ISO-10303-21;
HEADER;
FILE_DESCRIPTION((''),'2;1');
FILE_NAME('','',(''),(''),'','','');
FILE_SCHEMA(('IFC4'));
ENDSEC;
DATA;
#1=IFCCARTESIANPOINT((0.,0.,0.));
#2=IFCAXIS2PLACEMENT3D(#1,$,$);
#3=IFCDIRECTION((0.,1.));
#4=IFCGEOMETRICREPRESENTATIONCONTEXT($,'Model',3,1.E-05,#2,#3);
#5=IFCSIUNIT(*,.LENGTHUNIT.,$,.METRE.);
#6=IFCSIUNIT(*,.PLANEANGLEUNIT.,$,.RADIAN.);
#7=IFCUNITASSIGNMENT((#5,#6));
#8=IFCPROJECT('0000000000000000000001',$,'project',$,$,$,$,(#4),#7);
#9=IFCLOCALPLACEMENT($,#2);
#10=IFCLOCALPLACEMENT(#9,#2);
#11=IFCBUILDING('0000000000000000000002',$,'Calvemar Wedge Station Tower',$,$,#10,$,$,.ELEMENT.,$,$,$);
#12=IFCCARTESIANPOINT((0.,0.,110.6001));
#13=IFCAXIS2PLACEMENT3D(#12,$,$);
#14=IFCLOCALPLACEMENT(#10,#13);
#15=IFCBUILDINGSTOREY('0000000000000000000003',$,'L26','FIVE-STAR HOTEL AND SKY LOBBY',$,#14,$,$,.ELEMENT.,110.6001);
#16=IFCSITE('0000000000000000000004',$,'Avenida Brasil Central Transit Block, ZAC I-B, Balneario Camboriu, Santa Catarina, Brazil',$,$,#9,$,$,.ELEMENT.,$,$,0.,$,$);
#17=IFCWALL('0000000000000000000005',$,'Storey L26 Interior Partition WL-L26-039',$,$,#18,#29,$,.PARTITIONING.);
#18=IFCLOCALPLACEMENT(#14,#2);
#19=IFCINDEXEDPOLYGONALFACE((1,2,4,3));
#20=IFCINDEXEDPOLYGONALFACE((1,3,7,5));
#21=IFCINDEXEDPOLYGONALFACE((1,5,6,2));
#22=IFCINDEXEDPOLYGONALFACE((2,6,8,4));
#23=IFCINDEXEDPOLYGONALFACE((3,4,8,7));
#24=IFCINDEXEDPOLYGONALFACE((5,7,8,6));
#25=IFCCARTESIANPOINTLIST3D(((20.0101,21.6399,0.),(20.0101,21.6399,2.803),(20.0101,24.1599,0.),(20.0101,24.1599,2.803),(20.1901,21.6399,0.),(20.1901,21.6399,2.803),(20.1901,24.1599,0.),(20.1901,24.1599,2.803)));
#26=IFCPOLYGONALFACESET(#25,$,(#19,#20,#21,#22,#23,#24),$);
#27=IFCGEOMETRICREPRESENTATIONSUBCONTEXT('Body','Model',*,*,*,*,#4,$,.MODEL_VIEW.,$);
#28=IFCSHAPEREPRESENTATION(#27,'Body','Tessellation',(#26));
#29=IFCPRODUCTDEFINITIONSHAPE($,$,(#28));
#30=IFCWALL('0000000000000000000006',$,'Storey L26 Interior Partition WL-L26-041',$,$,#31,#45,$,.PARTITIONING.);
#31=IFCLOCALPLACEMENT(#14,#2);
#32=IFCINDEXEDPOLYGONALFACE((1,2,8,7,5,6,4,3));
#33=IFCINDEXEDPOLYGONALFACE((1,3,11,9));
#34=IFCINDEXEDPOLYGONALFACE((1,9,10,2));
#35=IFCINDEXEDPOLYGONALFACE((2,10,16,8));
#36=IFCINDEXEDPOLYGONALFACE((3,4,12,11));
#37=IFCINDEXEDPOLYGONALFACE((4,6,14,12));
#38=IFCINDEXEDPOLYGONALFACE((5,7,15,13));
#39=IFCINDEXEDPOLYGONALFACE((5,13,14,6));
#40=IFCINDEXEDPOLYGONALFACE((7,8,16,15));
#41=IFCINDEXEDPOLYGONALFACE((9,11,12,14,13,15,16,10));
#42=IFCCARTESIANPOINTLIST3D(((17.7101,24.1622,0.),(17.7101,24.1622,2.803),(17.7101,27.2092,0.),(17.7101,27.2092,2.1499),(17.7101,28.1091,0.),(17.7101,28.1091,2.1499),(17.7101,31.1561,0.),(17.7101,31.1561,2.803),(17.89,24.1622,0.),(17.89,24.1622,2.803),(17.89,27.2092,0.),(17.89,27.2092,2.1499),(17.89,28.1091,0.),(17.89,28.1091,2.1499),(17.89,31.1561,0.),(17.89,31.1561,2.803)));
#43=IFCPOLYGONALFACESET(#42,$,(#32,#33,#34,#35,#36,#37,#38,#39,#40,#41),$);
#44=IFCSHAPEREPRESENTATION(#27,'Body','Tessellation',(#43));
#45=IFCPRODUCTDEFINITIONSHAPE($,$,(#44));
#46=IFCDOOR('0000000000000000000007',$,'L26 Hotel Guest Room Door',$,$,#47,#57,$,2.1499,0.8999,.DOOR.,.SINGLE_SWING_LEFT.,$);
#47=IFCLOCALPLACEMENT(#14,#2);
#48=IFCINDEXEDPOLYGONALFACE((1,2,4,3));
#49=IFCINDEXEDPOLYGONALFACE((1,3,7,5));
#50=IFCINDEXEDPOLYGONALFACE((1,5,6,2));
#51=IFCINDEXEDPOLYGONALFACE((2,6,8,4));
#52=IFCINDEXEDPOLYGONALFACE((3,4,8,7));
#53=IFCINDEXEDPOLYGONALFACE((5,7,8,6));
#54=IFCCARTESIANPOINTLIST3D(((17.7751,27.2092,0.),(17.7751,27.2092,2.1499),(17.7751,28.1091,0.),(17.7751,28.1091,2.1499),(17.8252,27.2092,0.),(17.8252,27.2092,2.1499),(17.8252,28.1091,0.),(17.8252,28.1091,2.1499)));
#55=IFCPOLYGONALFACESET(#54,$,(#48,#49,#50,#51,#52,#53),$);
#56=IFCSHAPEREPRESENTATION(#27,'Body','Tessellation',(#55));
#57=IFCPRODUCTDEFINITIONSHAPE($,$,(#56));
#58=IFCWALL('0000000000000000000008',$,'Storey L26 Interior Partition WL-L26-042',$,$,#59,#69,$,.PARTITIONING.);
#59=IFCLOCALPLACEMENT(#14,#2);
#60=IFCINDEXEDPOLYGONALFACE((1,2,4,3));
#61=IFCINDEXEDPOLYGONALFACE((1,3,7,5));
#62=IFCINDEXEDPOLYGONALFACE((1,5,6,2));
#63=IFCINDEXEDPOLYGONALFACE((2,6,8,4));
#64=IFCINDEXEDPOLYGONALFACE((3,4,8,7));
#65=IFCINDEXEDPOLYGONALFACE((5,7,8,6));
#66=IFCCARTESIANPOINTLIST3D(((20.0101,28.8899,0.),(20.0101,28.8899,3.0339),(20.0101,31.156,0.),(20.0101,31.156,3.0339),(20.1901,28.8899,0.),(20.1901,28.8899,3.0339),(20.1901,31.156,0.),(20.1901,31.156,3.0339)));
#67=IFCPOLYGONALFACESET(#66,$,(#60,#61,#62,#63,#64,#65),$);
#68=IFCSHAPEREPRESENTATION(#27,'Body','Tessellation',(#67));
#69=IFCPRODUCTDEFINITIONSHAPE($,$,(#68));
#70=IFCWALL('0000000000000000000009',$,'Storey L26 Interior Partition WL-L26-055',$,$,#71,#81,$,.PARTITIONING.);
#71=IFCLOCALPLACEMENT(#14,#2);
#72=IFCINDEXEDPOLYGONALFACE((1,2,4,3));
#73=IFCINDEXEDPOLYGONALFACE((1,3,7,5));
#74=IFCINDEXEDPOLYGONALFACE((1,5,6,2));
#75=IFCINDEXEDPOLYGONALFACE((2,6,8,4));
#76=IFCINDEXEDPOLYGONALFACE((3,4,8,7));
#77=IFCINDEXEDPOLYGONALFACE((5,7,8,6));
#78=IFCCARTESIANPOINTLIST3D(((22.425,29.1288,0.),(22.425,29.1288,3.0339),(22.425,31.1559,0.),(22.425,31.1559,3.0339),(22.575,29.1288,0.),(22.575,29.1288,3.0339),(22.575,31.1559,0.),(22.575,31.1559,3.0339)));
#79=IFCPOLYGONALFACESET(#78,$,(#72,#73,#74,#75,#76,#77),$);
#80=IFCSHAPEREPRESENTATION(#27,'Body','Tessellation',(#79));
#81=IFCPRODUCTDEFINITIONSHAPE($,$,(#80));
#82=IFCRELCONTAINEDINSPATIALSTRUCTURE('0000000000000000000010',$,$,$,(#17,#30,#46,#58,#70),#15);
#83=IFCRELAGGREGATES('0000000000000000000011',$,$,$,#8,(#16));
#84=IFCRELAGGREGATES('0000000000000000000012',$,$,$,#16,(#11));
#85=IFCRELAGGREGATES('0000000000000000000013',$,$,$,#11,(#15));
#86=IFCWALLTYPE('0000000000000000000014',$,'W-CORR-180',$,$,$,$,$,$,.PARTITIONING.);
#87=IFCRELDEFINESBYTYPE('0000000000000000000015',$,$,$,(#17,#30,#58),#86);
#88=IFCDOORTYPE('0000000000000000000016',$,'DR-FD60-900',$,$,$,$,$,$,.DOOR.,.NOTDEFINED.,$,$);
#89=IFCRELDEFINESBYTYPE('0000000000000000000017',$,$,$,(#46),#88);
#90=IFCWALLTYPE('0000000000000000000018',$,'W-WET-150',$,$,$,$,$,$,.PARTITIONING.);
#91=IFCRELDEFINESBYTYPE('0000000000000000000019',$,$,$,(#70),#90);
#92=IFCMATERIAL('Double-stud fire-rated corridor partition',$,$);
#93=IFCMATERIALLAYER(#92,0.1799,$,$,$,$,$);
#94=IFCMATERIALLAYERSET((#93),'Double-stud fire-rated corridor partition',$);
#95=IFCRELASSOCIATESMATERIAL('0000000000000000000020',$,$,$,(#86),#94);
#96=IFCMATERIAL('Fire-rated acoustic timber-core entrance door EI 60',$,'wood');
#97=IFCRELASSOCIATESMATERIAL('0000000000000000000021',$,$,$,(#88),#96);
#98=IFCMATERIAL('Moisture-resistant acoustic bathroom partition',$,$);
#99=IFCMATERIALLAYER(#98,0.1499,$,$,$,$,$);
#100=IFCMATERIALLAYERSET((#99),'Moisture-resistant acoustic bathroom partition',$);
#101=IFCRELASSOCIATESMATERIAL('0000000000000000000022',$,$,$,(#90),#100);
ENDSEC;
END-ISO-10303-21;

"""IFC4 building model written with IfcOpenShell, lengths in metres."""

from ifc_helpers import new_model, si_unit, direction, frame, frame_2d, origin, place, context, subcontext, project, spatial, rectangle, extrude, source, transform, mapped, material, layer, layer_set, type_object, element, fill, save


model = new_model("IFC4")

# Units and contexts
model_context = context("Model", 3, precision=1e-05, world=origin(), true_north=direction((0.0, 1.0)))
body_context = subcontext(model_context, "Body", "Model", "MODEL_VIEW")
ifc_project = project(units=[si_unit("LENGTHUNIT", "METRE"), si_unit("PLANEANGLEUNIT", "RADIAN")], contexts=[model_context])

# Site, building, storey
site_placement = place(None, origin())
site = spatial("IfcSite", under=ifc_project, at=site_placement, Name="Avenida Brasil Central Transit Block, ZAC I-B, Balneario Camboriu, Santa Catarina, Brazil", CompositionType="ELEMENT", RefElevation=0.0)
building_placement = place(site_placement, origin())
building = spatial("IfcBuilding", under=site, at=building_placement, Name="Calvemar Wedge Station Tower", CompositionType="ELEMENT")
storey_placement = place(building_placement, frame((0.0, 0.0, 110.6001)))
storey = spatial("IfcBuildingStorey", under=building, at=storey_placement, Name="L26", Description="FIVE-STAR HOTEL AND SKY LOBBY", CompositionType="ELEMENT", Elevation=110.6001)

# Shared definitions
ifc_material_1 = material(Name="Double-stud fire-rated corridor partition")
ifc_layer_1 = layer(ifc_material_1, 0.1799)
ifc_layer_set_1 = layer_set([ifc_layer_1], Name="Double-stud fire-rated corridor partition")
wall_type_1 = type_object("IfcWallType", Name="W-CORR-180", PredefinedType="PARTITIONING", material=ifc_layer_set_1)

# Shared definitions
shared_shape_1 = source(origin(), body_context, "Body", "SweptSolid", [
    extrude(rectangle(XDim=0.8999, YDim=2.1499, at=frame_2d((0.45, 1.075))), frame((0.0, 0.1001, 0.0), z_axis=(0.0, -1.0, 0.0), x_axis=(1.0, 0.0, 0.0)), (0.0, 0.0, 1.0), 0.2),
])

# Wall
wall_1_placement = place(storey_placement, frame((20.1001, 24.1599, 0.0), z_axis=(0.0, 0.0, 1.0), x_axis=(0.0, -1.0, 0.0)))
element("IfcWall", 1, at=wall_1_placement, inside=storey, type_object=wall_type_1, Name="Storey L26 Interior Partition WL-L26-039", PredefinedType="PARTITIONING", context=body_context, shape_type="SweptSolid", body=[
    extrude(rectangle(XDim=2.52, YDim=0.1799, at=frame_2d((1.26, 0.0))), origin(), (0.0, 0.0, 1.0), 2.803),
])

# Wall, opening, door
wall_2_placement = place(storey_placement, frame((17.8, 24.1621, 0.0), z_axis=(0.0, 0.0, 1.0), x_axis=(0.0, 1.0, 0.0)))
wall_2 = element("IfcWall", 2, at=wall_2_placement, inside=storey, type_object=wall_type_1, Name="Storey L26 Interior Partition WL-L26-041", PredefinedType="PARTITIONING", context=body_context, shape_type="SweptSolid", body=[
    extrude(rectangle(XDim=6.9939, YDim=0.1799, at=frame_2d((3.4971, 0.0))), origin(), (0.0, 0.0, 1.0), 2.803),
])
opening_1_placement = place(wall_2_placement, frame((3.0471, 0.0, 0.0)))
opening_1 = element("IfcOpeningElement", 3, at=opening_1_placement, cuts=wall_2, PredefinedType="OPENING", context=body_context, shape_type="MappedRepresentation", body=[
    mapped(shared_shape_1, transform((0.0, 0.0, 0.0), scale=1.0)),
])
ifc_material_2 = material(Name="Fire-rated acoustic timber-core entrance door EI 60", Category="wood")
door_type_1 = type_object("IfcDoorType", Name="DR-FD60-900", OperationType="NOTDEFINED", PredefinedType="DOOR", material=ifc_material_2)
shared_shape_2 = source(origin(), body_context, "Body", "SweptSolid", [
    extrude(rectangle(XDim=0.8999, YDim=2.1499, at=frame_2d((0.45, 1.075))), frame((0.0, 0.0249, 0.0), z_axis=(0.0, -1.0, 0.0), x_axis=(1.0, 0.0, 0.0)), (0.0, 0.0, 1.0), 0.05),
])
door_1_placement = place(opening_1_placement, origin())
door_1 = element("IfcDoor", 4, at=door_1_placement, inside=storey, type_object=door_type_1, Name="L26 Hotel Guest Room Door", OperationType="SINGLE_SWING_LEFT", OverallHeight=2.1499, OverallWidth=0.8999, PredefinedType="DOOR", context=body_context, shape_type="MappedRepresentation", body=[
    mapped(shared_shape_2, transform((0.0, 0.0, 0.0), scale=1.0)),
])
fill(opening_1, door_1)

# Wall
wall_3_placement = place(storey_placement, frame((20.1001, 31.156, 0.0), z_axis=(0.0, 0.0, 1.0), x_axis=(0.0, -1.0, 0.0)))
element("IfcWall", 5, at=wall_3_placement, inside=storey, type_object=wall_type_1, Name="Storey L26 Interior Partition WL-L26-042", PredefinedType="PARTITIONING", context=body_context, shape_type="SweptSolid", body=[
    extrude(rectangle(XDim=2.2661, YDim=0.1799, at=frame_2d((1.1331, 0.0))), origin(), (0.0, 0.0, 1.0), 3.0339),
])

# Shared definitions
ifc_material_3 = material(Name="Moisture-resistant acoustic bathroom partition")
ifc_layer_2 = layer(ifc_material_3, 0.1499)
ifc_layer_set_2 = layer_set([ifc_layer_2], Name="Moisture-resistant acoustic bathroom partition")
wall_type_2 = type_object("IfcWallType", Name="W-WET-150", PredefinedType="PARTITIONING", material=ifc_layer_set_2)

# Wall
wall_4_placement = place(storey_placement, frame((22.5, 31.156, 0.0), z_axis=(0.0, 0.0, 1.0), x_axis=(0.0, -1.0, 0.0)))
element("IfcWall", 6, at=wall_4_placement, inside=storey, type_object=wall_type_2, Name="Storey L26 Interior Partition WL-L26-055", PredefinedType="PARTITIONING", context=body_context, shape_type="SweptSolid", body=[
    extrude(rectangle(XDim=2.0271, YDim=0.1499, at=frame_2d((1.0137, 0.0))), origin(), (0.0, 0.0, 1.0), 3.0339),
])

save(model, "model.ifc")
